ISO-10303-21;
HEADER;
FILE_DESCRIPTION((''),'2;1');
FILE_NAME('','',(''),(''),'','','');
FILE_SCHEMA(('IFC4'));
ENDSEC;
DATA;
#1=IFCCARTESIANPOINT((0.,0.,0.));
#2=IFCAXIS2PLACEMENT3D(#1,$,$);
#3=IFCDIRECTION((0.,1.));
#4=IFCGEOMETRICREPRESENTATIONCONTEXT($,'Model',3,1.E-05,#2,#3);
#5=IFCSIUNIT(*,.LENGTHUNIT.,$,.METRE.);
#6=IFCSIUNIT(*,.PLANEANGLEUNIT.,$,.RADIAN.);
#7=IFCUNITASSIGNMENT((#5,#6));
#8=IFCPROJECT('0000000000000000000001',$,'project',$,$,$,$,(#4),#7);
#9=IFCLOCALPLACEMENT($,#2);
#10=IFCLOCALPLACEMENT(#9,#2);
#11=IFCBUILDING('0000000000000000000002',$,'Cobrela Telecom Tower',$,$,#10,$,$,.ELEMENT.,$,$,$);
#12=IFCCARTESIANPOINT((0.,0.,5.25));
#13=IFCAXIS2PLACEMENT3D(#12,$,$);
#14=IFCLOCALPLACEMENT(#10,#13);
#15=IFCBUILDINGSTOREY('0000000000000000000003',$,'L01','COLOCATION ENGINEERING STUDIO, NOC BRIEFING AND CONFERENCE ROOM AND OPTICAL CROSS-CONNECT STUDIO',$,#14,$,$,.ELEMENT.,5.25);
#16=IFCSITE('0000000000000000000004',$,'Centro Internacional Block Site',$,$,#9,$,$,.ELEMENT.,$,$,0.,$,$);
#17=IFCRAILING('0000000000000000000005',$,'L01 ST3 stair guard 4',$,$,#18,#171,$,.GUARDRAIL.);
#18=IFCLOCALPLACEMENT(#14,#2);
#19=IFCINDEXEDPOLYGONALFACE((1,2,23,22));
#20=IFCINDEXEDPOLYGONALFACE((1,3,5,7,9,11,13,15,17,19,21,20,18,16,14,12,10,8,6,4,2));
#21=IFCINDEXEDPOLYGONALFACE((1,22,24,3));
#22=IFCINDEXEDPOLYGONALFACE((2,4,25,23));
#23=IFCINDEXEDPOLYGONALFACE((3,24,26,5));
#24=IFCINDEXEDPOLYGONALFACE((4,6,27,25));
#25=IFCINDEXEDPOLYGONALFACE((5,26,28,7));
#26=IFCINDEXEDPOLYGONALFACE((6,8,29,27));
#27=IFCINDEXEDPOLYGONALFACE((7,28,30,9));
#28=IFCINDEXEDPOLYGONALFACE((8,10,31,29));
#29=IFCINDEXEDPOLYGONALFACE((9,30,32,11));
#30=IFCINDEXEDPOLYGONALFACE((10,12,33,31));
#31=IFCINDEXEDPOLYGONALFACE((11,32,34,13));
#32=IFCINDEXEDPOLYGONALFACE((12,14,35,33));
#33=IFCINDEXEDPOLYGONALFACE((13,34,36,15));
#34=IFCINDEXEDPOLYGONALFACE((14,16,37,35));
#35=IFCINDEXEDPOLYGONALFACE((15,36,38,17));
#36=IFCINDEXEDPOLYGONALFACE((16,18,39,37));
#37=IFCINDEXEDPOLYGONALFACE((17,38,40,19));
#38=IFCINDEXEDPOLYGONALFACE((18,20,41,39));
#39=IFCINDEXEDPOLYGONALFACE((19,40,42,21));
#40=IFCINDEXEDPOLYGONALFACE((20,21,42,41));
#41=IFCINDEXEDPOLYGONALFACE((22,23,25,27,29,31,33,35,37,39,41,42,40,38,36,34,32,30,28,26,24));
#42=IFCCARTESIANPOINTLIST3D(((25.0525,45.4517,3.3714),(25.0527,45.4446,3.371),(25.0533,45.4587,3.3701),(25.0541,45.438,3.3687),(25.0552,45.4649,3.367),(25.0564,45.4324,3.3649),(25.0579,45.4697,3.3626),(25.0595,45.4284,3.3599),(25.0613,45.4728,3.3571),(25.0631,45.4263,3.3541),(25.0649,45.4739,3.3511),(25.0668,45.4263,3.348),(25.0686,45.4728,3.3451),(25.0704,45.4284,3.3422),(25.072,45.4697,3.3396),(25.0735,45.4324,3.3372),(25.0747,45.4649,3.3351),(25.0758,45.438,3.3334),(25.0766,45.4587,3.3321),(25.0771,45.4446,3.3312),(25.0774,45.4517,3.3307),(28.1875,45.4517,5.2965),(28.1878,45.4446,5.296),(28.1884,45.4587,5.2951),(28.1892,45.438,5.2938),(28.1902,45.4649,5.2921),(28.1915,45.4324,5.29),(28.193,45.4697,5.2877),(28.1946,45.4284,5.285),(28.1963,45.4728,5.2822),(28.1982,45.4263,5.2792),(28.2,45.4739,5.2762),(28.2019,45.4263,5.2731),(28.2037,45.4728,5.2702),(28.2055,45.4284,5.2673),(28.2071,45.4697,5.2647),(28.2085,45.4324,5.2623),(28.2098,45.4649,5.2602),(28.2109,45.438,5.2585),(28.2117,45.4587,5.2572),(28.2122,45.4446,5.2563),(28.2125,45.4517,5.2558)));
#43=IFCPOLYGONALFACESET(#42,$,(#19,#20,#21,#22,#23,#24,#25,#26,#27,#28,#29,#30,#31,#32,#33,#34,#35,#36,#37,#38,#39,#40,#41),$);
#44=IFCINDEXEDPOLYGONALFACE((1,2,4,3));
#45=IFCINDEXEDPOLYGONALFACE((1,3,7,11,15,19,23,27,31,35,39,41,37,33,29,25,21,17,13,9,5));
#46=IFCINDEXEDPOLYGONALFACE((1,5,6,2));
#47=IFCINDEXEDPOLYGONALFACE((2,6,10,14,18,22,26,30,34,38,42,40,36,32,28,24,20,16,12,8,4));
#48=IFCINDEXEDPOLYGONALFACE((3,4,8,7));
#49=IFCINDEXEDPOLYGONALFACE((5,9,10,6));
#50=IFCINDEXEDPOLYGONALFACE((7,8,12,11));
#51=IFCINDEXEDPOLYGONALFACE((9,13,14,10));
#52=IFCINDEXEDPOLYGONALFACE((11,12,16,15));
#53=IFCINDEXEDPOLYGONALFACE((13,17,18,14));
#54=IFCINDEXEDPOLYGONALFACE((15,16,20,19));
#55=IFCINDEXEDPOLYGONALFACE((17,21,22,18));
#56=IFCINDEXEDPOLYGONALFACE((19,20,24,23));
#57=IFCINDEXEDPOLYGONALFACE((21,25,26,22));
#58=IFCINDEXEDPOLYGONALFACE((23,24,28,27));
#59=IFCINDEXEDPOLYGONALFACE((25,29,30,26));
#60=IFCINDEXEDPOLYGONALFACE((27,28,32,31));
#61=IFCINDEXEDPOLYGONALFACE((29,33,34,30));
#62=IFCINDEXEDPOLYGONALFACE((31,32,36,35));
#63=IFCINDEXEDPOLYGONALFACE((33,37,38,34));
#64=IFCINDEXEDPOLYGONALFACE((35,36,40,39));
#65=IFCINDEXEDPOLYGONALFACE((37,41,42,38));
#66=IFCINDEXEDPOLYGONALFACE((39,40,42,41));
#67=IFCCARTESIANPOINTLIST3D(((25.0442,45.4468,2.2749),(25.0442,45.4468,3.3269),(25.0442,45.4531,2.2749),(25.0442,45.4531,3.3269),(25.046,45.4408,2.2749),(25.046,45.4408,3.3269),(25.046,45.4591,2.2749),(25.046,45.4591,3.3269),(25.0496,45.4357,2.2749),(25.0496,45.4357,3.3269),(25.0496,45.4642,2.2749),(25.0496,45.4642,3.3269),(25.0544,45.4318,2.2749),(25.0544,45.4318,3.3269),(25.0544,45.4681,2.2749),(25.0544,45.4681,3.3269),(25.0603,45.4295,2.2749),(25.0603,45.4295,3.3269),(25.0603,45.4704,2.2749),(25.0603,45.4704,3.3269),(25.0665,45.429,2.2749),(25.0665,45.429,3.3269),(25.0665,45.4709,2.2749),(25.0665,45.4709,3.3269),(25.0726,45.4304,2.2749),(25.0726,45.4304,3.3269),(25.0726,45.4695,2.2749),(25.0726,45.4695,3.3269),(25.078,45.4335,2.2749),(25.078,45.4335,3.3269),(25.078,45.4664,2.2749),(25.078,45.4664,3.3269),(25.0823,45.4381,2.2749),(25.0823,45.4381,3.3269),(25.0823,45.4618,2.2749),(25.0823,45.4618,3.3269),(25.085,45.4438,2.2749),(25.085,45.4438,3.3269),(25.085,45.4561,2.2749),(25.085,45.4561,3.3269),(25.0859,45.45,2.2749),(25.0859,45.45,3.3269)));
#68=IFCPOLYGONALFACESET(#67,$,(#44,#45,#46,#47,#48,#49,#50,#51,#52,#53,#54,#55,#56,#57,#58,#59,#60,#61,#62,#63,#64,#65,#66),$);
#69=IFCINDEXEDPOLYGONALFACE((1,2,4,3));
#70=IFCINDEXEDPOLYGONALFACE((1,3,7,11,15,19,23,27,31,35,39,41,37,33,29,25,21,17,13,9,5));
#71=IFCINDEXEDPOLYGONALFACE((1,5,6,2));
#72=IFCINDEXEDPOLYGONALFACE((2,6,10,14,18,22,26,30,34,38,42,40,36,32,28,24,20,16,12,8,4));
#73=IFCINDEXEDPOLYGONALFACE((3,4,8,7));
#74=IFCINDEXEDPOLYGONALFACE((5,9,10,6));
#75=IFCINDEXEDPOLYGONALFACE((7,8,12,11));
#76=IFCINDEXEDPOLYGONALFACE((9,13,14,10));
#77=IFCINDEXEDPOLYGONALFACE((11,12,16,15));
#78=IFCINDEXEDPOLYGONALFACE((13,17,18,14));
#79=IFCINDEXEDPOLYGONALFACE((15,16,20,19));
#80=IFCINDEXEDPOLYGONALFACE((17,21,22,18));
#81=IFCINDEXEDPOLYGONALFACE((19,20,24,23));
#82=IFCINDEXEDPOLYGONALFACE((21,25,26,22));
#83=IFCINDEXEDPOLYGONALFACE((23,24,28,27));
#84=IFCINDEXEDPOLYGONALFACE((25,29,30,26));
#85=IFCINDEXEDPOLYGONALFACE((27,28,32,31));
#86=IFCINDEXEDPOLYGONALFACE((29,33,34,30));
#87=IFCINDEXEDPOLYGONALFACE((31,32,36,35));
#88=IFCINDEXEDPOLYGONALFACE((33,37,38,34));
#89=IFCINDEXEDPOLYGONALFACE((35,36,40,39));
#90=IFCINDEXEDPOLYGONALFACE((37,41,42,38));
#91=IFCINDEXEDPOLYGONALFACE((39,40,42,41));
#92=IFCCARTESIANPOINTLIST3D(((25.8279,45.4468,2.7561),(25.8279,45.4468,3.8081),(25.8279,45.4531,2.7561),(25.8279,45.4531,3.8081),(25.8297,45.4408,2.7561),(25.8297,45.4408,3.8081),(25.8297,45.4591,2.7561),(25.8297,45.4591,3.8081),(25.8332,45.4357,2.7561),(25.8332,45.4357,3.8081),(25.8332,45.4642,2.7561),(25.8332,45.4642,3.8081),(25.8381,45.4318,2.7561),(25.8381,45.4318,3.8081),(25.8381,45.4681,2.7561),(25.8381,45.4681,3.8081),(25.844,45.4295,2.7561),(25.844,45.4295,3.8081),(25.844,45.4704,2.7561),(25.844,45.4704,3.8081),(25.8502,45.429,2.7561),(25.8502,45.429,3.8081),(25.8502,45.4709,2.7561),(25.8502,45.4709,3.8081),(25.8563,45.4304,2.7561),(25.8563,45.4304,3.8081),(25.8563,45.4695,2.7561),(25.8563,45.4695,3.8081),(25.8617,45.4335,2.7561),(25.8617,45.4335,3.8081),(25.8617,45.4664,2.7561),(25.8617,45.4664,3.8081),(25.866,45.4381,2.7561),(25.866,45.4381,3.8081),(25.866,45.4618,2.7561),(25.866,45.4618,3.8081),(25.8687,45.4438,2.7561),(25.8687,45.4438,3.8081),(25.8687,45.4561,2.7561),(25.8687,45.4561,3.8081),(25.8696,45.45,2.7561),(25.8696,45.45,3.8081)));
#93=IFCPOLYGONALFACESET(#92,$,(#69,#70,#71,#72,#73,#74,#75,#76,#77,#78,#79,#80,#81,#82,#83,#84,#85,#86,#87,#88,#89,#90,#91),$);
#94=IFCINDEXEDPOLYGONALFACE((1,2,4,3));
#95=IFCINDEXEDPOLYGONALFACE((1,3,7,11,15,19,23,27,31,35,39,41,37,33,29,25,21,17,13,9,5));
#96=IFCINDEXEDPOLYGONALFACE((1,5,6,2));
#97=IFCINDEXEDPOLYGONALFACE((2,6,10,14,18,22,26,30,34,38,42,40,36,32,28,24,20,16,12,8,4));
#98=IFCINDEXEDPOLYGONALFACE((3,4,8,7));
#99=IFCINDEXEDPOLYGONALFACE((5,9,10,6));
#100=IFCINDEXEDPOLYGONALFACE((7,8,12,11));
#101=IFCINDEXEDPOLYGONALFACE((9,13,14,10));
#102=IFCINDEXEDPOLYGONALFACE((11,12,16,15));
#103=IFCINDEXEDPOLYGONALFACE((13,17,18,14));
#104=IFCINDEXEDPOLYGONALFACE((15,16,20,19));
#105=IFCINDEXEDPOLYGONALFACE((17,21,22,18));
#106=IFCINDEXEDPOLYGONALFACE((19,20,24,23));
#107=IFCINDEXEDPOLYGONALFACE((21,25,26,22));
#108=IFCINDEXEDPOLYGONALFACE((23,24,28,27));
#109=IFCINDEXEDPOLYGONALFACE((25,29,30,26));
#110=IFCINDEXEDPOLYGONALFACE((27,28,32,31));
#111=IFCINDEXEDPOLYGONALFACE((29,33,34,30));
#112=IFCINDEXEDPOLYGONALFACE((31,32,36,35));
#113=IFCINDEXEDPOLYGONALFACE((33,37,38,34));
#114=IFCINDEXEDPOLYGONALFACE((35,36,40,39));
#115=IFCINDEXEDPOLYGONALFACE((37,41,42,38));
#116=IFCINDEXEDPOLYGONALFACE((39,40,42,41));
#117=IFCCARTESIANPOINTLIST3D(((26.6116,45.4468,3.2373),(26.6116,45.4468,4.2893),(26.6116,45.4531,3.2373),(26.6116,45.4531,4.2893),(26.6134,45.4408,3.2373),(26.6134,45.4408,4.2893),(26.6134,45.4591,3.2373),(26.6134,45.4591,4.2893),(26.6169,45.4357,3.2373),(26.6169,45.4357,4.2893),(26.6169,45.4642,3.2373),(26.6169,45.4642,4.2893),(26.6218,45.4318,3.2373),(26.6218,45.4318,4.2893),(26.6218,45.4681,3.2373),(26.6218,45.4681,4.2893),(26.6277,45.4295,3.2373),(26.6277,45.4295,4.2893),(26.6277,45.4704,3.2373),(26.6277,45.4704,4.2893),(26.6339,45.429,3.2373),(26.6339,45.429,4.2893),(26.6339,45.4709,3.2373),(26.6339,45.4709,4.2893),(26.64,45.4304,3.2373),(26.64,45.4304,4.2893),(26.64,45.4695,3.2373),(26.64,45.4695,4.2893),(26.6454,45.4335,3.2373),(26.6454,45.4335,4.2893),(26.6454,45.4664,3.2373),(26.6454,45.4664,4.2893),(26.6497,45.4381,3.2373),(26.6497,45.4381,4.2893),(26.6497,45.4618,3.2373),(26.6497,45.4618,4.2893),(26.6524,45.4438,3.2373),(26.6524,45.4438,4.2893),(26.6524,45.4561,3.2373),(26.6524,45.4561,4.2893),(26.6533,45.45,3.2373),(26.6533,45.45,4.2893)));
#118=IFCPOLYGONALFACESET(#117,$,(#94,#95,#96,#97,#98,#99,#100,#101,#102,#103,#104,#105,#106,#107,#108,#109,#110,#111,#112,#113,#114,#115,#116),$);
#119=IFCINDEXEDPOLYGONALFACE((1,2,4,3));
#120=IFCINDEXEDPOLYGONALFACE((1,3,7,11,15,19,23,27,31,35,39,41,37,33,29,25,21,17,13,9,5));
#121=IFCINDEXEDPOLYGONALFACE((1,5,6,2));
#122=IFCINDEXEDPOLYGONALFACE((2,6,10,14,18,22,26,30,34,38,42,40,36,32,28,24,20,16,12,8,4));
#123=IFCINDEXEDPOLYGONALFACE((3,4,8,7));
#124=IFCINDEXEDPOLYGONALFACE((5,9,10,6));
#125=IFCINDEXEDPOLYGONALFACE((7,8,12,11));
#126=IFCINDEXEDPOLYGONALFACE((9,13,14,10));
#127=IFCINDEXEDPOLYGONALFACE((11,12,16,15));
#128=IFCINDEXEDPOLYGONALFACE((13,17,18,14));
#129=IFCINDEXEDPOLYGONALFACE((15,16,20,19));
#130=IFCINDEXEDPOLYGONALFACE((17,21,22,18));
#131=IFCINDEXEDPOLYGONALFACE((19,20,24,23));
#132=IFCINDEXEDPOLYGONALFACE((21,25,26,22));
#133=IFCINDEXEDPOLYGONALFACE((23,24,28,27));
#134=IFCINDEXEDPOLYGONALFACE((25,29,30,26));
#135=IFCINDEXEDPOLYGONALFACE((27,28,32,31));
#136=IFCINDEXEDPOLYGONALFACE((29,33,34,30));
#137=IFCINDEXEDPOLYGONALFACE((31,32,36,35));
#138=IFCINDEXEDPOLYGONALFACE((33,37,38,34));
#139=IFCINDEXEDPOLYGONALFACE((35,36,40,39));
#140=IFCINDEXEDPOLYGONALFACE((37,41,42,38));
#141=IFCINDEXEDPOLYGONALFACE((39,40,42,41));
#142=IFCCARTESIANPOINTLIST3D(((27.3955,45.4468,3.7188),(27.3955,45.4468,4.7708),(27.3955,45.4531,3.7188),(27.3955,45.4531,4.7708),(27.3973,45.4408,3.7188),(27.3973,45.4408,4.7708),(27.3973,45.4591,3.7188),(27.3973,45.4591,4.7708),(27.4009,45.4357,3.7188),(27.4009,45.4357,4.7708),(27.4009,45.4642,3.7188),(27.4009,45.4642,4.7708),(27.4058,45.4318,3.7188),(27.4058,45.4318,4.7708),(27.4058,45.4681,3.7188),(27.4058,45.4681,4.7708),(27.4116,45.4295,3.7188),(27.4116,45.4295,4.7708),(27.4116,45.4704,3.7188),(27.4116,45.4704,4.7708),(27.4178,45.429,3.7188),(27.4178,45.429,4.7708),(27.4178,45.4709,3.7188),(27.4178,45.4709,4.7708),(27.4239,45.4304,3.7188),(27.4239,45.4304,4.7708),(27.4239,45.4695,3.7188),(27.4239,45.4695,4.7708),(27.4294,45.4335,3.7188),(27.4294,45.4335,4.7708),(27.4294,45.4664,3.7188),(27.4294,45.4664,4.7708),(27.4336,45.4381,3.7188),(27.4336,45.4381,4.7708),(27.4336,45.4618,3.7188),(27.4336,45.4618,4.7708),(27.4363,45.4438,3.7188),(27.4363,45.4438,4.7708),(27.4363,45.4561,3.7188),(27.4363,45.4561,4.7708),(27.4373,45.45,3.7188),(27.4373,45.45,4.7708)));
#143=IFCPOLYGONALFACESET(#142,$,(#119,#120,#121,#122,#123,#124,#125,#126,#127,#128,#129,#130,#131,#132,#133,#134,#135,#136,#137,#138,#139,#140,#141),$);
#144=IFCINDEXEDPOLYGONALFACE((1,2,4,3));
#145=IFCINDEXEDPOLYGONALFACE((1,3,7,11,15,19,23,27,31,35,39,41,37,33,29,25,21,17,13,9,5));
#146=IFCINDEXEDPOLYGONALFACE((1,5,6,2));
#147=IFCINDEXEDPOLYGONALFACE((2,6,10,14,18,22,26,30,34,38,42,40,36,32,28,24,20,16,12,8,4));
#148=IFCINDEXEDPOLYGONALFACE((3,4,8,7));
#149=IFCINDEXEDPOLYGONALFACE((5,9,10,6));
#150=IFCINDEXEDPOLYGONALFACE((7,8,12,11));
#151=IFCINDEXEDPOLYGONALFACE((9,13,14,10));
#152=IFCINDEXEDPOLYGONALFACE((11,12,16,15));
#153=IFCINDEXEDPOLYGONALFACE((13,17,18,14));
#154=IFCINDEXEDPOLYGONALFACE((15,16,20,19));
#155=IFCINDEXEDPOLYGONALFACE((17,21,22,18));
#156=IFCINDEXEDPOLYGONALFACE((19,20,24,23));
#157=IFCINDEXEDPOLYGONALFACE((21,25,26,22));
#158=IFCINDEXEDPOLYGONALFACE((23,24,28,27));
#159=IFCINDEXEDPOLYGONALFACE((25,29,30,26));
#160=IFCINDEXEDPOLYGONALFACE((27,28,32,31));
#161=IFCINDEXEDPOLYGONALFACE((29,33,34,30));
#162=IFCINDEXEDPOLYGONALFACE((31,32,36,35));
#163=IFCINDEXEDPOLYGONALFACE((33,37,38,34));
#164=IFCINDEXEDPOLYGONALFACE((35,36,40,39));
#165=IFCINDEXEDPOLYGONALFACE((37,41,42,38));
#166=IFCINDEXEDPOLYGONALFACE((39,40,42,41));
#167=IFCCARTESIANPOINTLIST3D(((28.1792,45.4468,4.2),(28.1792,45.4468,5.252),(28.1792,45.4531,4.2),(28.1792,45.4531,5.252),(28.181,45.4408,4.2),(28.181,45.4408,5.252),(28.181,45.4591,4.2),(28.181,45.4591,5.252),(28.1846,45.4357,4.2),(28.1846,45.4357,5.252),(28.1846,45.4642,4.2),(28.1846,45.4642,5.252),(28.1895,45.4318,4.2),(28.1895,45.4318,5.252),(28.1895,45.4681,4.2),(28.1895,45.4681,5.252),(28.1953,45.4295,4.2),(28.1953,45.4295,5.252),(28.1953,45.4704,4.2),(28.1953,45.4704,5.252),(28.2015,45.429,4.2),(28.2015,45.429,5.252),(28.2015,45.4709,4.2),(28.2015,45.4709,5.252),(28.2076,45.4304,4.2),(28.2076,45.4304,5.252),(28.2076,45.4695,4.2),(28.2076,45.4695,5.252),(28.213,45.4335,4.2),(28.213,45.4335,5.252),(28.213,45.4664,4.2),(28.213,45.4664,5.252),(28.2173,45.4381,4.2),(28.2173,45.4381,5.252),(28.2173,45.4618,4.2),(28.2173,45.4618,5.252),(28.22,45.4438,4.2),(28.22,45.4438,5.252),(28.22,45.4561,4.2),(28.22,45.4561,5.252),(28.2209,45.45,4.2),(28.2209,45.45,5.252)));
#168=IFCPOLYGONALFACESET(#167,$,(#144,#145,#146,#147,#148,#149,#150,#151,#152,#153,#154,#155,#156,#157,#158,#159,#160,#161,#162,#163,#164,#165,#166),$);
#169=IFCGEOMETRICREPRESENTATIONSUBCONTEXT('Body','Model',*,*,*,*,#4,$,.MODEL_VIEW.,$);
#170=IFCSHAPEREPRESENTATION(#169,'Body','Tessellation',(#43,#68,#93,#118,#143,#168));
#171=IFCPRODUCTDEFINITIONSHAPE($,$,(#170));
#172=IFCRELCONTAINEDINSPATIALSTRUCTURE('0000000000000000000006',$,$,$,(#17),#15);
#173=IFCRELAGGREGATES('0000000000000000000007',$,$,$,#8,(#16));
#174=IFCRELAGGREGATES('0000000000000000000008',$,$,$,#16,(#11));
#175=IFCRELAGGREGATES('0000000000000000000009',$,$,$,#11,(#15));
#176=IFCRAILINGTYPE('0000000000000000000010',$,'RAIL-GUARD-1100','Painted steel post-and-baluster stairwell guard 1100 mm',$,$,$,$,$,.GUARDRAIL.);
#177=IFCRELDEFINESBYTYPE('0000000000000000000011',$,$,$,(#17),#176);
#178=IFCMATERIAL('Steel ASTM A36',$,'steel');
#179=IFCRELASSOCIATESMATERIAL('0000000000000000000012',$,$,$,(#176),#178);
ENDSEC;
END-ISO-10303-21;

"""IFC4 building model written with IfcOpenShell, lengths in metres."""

from ifc_helpers import new_model, si_unit, direction, frame, origin, origin_2d, place, context, subcontext, project, spatial, circle, extrude, material, type_object, element, save


model = new_model("IFC4")

# Units and contexts
model_context = context("Model", 3, precision=1e-05, world=origin(), true_north=direction((0.0, 1.0)))
body_context = subcontext(model_context, "Body", "Model", "MODEL_VIEW")
ifc_project = project(units=[si_unit("LENGTHUNIT", "METRE"), si_unit("PLANEANGLEUNIT", "RADIAN")], contexts=[model_context])

# Site, building, storey
site_placement = place(None, origin())
site = spatial("IfcSite", under=ifc_project, at=site_placement, Name="Centro Internacional Block Site", CompositionType="ELEMENT", RefElevation=0.0)
building_placement = place(site_placement, origin())
building = spatial("IfcBuilding", under=site, at=building_placement, Name="Cobrela Telecom Tower", CompositionType="ELEMENT")
storey_placement = place(building_placement, frame((0.0, 0.0, 5.25)))
storey = spatial("IfcBuildingStorey", under=building, at=storey_placement, Name="L01", Description="COLOCATION ENGINEERING STUDIO, NOC BRIEFING AND CONFERENCE ROOM AND OPTICAL CROSS-CONNECT STUDIO", CompositionType="ELEMENT", Elevation=5.25)

# Shared definitions
ifc_material_1 = material(Name="Steel ASTM A36", Category="steel")

# Railing
railing_type_1 = type_object("IfcRailingType", Name="RAIL-GUARD-1100", Description="Painted steel post-and-baluster stairwell guard 1100 mm", PredefinedType="GUARDRAIL", material=ifc_material_1)
railing_1_placement = place(storey_placement, frame((25.0649, 45.45, 2.2749)))
element("IfcRailing", 1, at=railing_1_placement, inside=storey, type_object=railing_type_1, Name="L01 ST3 stair guard 4", PredefinedType="GUARDRAIL", context=body_context, shape_type="SweptSolid", body=[
    extrude(circle(Radius=0.0239, at=origin_2d()), frame((0.0, 0.0, 1.0762), z_axis=(0.852166, 0.0, 0.523271), x_axis=(0.0, 1.0, 0.0)), (0.0, 0.0, 1.0), 3.679),
    extrude(circle(Radius=0.021, at=origin_2d()), origin(), (0.0, 0.0, 1.0), 1.052),
    extrude(circle(Radius=0.021, at=origin_2d()), frame((0.7837, 0.0, 0.4812)), (0.0, 0.0, 1.0), 1.052),
    extrude(circle(Radius=0.021, at=origin_2d()), frame((1.5674, 0.0, 0.9624)), (0.0, 0.0, 1.0), 1.052),
    extrude(circle(Radius=0.021, at=origin_2d()), frame((2.3513, 0.0, 1.4438)), (0.0, 0.0, 1.0), 1.052),
    extrude(circle(Radius=0.021, at=origin_2d()), frame((3.135, 0.0, 1.925)), (0.0, 0.0, 1.0), 1.052),
])

save(model, "model.ifc")
